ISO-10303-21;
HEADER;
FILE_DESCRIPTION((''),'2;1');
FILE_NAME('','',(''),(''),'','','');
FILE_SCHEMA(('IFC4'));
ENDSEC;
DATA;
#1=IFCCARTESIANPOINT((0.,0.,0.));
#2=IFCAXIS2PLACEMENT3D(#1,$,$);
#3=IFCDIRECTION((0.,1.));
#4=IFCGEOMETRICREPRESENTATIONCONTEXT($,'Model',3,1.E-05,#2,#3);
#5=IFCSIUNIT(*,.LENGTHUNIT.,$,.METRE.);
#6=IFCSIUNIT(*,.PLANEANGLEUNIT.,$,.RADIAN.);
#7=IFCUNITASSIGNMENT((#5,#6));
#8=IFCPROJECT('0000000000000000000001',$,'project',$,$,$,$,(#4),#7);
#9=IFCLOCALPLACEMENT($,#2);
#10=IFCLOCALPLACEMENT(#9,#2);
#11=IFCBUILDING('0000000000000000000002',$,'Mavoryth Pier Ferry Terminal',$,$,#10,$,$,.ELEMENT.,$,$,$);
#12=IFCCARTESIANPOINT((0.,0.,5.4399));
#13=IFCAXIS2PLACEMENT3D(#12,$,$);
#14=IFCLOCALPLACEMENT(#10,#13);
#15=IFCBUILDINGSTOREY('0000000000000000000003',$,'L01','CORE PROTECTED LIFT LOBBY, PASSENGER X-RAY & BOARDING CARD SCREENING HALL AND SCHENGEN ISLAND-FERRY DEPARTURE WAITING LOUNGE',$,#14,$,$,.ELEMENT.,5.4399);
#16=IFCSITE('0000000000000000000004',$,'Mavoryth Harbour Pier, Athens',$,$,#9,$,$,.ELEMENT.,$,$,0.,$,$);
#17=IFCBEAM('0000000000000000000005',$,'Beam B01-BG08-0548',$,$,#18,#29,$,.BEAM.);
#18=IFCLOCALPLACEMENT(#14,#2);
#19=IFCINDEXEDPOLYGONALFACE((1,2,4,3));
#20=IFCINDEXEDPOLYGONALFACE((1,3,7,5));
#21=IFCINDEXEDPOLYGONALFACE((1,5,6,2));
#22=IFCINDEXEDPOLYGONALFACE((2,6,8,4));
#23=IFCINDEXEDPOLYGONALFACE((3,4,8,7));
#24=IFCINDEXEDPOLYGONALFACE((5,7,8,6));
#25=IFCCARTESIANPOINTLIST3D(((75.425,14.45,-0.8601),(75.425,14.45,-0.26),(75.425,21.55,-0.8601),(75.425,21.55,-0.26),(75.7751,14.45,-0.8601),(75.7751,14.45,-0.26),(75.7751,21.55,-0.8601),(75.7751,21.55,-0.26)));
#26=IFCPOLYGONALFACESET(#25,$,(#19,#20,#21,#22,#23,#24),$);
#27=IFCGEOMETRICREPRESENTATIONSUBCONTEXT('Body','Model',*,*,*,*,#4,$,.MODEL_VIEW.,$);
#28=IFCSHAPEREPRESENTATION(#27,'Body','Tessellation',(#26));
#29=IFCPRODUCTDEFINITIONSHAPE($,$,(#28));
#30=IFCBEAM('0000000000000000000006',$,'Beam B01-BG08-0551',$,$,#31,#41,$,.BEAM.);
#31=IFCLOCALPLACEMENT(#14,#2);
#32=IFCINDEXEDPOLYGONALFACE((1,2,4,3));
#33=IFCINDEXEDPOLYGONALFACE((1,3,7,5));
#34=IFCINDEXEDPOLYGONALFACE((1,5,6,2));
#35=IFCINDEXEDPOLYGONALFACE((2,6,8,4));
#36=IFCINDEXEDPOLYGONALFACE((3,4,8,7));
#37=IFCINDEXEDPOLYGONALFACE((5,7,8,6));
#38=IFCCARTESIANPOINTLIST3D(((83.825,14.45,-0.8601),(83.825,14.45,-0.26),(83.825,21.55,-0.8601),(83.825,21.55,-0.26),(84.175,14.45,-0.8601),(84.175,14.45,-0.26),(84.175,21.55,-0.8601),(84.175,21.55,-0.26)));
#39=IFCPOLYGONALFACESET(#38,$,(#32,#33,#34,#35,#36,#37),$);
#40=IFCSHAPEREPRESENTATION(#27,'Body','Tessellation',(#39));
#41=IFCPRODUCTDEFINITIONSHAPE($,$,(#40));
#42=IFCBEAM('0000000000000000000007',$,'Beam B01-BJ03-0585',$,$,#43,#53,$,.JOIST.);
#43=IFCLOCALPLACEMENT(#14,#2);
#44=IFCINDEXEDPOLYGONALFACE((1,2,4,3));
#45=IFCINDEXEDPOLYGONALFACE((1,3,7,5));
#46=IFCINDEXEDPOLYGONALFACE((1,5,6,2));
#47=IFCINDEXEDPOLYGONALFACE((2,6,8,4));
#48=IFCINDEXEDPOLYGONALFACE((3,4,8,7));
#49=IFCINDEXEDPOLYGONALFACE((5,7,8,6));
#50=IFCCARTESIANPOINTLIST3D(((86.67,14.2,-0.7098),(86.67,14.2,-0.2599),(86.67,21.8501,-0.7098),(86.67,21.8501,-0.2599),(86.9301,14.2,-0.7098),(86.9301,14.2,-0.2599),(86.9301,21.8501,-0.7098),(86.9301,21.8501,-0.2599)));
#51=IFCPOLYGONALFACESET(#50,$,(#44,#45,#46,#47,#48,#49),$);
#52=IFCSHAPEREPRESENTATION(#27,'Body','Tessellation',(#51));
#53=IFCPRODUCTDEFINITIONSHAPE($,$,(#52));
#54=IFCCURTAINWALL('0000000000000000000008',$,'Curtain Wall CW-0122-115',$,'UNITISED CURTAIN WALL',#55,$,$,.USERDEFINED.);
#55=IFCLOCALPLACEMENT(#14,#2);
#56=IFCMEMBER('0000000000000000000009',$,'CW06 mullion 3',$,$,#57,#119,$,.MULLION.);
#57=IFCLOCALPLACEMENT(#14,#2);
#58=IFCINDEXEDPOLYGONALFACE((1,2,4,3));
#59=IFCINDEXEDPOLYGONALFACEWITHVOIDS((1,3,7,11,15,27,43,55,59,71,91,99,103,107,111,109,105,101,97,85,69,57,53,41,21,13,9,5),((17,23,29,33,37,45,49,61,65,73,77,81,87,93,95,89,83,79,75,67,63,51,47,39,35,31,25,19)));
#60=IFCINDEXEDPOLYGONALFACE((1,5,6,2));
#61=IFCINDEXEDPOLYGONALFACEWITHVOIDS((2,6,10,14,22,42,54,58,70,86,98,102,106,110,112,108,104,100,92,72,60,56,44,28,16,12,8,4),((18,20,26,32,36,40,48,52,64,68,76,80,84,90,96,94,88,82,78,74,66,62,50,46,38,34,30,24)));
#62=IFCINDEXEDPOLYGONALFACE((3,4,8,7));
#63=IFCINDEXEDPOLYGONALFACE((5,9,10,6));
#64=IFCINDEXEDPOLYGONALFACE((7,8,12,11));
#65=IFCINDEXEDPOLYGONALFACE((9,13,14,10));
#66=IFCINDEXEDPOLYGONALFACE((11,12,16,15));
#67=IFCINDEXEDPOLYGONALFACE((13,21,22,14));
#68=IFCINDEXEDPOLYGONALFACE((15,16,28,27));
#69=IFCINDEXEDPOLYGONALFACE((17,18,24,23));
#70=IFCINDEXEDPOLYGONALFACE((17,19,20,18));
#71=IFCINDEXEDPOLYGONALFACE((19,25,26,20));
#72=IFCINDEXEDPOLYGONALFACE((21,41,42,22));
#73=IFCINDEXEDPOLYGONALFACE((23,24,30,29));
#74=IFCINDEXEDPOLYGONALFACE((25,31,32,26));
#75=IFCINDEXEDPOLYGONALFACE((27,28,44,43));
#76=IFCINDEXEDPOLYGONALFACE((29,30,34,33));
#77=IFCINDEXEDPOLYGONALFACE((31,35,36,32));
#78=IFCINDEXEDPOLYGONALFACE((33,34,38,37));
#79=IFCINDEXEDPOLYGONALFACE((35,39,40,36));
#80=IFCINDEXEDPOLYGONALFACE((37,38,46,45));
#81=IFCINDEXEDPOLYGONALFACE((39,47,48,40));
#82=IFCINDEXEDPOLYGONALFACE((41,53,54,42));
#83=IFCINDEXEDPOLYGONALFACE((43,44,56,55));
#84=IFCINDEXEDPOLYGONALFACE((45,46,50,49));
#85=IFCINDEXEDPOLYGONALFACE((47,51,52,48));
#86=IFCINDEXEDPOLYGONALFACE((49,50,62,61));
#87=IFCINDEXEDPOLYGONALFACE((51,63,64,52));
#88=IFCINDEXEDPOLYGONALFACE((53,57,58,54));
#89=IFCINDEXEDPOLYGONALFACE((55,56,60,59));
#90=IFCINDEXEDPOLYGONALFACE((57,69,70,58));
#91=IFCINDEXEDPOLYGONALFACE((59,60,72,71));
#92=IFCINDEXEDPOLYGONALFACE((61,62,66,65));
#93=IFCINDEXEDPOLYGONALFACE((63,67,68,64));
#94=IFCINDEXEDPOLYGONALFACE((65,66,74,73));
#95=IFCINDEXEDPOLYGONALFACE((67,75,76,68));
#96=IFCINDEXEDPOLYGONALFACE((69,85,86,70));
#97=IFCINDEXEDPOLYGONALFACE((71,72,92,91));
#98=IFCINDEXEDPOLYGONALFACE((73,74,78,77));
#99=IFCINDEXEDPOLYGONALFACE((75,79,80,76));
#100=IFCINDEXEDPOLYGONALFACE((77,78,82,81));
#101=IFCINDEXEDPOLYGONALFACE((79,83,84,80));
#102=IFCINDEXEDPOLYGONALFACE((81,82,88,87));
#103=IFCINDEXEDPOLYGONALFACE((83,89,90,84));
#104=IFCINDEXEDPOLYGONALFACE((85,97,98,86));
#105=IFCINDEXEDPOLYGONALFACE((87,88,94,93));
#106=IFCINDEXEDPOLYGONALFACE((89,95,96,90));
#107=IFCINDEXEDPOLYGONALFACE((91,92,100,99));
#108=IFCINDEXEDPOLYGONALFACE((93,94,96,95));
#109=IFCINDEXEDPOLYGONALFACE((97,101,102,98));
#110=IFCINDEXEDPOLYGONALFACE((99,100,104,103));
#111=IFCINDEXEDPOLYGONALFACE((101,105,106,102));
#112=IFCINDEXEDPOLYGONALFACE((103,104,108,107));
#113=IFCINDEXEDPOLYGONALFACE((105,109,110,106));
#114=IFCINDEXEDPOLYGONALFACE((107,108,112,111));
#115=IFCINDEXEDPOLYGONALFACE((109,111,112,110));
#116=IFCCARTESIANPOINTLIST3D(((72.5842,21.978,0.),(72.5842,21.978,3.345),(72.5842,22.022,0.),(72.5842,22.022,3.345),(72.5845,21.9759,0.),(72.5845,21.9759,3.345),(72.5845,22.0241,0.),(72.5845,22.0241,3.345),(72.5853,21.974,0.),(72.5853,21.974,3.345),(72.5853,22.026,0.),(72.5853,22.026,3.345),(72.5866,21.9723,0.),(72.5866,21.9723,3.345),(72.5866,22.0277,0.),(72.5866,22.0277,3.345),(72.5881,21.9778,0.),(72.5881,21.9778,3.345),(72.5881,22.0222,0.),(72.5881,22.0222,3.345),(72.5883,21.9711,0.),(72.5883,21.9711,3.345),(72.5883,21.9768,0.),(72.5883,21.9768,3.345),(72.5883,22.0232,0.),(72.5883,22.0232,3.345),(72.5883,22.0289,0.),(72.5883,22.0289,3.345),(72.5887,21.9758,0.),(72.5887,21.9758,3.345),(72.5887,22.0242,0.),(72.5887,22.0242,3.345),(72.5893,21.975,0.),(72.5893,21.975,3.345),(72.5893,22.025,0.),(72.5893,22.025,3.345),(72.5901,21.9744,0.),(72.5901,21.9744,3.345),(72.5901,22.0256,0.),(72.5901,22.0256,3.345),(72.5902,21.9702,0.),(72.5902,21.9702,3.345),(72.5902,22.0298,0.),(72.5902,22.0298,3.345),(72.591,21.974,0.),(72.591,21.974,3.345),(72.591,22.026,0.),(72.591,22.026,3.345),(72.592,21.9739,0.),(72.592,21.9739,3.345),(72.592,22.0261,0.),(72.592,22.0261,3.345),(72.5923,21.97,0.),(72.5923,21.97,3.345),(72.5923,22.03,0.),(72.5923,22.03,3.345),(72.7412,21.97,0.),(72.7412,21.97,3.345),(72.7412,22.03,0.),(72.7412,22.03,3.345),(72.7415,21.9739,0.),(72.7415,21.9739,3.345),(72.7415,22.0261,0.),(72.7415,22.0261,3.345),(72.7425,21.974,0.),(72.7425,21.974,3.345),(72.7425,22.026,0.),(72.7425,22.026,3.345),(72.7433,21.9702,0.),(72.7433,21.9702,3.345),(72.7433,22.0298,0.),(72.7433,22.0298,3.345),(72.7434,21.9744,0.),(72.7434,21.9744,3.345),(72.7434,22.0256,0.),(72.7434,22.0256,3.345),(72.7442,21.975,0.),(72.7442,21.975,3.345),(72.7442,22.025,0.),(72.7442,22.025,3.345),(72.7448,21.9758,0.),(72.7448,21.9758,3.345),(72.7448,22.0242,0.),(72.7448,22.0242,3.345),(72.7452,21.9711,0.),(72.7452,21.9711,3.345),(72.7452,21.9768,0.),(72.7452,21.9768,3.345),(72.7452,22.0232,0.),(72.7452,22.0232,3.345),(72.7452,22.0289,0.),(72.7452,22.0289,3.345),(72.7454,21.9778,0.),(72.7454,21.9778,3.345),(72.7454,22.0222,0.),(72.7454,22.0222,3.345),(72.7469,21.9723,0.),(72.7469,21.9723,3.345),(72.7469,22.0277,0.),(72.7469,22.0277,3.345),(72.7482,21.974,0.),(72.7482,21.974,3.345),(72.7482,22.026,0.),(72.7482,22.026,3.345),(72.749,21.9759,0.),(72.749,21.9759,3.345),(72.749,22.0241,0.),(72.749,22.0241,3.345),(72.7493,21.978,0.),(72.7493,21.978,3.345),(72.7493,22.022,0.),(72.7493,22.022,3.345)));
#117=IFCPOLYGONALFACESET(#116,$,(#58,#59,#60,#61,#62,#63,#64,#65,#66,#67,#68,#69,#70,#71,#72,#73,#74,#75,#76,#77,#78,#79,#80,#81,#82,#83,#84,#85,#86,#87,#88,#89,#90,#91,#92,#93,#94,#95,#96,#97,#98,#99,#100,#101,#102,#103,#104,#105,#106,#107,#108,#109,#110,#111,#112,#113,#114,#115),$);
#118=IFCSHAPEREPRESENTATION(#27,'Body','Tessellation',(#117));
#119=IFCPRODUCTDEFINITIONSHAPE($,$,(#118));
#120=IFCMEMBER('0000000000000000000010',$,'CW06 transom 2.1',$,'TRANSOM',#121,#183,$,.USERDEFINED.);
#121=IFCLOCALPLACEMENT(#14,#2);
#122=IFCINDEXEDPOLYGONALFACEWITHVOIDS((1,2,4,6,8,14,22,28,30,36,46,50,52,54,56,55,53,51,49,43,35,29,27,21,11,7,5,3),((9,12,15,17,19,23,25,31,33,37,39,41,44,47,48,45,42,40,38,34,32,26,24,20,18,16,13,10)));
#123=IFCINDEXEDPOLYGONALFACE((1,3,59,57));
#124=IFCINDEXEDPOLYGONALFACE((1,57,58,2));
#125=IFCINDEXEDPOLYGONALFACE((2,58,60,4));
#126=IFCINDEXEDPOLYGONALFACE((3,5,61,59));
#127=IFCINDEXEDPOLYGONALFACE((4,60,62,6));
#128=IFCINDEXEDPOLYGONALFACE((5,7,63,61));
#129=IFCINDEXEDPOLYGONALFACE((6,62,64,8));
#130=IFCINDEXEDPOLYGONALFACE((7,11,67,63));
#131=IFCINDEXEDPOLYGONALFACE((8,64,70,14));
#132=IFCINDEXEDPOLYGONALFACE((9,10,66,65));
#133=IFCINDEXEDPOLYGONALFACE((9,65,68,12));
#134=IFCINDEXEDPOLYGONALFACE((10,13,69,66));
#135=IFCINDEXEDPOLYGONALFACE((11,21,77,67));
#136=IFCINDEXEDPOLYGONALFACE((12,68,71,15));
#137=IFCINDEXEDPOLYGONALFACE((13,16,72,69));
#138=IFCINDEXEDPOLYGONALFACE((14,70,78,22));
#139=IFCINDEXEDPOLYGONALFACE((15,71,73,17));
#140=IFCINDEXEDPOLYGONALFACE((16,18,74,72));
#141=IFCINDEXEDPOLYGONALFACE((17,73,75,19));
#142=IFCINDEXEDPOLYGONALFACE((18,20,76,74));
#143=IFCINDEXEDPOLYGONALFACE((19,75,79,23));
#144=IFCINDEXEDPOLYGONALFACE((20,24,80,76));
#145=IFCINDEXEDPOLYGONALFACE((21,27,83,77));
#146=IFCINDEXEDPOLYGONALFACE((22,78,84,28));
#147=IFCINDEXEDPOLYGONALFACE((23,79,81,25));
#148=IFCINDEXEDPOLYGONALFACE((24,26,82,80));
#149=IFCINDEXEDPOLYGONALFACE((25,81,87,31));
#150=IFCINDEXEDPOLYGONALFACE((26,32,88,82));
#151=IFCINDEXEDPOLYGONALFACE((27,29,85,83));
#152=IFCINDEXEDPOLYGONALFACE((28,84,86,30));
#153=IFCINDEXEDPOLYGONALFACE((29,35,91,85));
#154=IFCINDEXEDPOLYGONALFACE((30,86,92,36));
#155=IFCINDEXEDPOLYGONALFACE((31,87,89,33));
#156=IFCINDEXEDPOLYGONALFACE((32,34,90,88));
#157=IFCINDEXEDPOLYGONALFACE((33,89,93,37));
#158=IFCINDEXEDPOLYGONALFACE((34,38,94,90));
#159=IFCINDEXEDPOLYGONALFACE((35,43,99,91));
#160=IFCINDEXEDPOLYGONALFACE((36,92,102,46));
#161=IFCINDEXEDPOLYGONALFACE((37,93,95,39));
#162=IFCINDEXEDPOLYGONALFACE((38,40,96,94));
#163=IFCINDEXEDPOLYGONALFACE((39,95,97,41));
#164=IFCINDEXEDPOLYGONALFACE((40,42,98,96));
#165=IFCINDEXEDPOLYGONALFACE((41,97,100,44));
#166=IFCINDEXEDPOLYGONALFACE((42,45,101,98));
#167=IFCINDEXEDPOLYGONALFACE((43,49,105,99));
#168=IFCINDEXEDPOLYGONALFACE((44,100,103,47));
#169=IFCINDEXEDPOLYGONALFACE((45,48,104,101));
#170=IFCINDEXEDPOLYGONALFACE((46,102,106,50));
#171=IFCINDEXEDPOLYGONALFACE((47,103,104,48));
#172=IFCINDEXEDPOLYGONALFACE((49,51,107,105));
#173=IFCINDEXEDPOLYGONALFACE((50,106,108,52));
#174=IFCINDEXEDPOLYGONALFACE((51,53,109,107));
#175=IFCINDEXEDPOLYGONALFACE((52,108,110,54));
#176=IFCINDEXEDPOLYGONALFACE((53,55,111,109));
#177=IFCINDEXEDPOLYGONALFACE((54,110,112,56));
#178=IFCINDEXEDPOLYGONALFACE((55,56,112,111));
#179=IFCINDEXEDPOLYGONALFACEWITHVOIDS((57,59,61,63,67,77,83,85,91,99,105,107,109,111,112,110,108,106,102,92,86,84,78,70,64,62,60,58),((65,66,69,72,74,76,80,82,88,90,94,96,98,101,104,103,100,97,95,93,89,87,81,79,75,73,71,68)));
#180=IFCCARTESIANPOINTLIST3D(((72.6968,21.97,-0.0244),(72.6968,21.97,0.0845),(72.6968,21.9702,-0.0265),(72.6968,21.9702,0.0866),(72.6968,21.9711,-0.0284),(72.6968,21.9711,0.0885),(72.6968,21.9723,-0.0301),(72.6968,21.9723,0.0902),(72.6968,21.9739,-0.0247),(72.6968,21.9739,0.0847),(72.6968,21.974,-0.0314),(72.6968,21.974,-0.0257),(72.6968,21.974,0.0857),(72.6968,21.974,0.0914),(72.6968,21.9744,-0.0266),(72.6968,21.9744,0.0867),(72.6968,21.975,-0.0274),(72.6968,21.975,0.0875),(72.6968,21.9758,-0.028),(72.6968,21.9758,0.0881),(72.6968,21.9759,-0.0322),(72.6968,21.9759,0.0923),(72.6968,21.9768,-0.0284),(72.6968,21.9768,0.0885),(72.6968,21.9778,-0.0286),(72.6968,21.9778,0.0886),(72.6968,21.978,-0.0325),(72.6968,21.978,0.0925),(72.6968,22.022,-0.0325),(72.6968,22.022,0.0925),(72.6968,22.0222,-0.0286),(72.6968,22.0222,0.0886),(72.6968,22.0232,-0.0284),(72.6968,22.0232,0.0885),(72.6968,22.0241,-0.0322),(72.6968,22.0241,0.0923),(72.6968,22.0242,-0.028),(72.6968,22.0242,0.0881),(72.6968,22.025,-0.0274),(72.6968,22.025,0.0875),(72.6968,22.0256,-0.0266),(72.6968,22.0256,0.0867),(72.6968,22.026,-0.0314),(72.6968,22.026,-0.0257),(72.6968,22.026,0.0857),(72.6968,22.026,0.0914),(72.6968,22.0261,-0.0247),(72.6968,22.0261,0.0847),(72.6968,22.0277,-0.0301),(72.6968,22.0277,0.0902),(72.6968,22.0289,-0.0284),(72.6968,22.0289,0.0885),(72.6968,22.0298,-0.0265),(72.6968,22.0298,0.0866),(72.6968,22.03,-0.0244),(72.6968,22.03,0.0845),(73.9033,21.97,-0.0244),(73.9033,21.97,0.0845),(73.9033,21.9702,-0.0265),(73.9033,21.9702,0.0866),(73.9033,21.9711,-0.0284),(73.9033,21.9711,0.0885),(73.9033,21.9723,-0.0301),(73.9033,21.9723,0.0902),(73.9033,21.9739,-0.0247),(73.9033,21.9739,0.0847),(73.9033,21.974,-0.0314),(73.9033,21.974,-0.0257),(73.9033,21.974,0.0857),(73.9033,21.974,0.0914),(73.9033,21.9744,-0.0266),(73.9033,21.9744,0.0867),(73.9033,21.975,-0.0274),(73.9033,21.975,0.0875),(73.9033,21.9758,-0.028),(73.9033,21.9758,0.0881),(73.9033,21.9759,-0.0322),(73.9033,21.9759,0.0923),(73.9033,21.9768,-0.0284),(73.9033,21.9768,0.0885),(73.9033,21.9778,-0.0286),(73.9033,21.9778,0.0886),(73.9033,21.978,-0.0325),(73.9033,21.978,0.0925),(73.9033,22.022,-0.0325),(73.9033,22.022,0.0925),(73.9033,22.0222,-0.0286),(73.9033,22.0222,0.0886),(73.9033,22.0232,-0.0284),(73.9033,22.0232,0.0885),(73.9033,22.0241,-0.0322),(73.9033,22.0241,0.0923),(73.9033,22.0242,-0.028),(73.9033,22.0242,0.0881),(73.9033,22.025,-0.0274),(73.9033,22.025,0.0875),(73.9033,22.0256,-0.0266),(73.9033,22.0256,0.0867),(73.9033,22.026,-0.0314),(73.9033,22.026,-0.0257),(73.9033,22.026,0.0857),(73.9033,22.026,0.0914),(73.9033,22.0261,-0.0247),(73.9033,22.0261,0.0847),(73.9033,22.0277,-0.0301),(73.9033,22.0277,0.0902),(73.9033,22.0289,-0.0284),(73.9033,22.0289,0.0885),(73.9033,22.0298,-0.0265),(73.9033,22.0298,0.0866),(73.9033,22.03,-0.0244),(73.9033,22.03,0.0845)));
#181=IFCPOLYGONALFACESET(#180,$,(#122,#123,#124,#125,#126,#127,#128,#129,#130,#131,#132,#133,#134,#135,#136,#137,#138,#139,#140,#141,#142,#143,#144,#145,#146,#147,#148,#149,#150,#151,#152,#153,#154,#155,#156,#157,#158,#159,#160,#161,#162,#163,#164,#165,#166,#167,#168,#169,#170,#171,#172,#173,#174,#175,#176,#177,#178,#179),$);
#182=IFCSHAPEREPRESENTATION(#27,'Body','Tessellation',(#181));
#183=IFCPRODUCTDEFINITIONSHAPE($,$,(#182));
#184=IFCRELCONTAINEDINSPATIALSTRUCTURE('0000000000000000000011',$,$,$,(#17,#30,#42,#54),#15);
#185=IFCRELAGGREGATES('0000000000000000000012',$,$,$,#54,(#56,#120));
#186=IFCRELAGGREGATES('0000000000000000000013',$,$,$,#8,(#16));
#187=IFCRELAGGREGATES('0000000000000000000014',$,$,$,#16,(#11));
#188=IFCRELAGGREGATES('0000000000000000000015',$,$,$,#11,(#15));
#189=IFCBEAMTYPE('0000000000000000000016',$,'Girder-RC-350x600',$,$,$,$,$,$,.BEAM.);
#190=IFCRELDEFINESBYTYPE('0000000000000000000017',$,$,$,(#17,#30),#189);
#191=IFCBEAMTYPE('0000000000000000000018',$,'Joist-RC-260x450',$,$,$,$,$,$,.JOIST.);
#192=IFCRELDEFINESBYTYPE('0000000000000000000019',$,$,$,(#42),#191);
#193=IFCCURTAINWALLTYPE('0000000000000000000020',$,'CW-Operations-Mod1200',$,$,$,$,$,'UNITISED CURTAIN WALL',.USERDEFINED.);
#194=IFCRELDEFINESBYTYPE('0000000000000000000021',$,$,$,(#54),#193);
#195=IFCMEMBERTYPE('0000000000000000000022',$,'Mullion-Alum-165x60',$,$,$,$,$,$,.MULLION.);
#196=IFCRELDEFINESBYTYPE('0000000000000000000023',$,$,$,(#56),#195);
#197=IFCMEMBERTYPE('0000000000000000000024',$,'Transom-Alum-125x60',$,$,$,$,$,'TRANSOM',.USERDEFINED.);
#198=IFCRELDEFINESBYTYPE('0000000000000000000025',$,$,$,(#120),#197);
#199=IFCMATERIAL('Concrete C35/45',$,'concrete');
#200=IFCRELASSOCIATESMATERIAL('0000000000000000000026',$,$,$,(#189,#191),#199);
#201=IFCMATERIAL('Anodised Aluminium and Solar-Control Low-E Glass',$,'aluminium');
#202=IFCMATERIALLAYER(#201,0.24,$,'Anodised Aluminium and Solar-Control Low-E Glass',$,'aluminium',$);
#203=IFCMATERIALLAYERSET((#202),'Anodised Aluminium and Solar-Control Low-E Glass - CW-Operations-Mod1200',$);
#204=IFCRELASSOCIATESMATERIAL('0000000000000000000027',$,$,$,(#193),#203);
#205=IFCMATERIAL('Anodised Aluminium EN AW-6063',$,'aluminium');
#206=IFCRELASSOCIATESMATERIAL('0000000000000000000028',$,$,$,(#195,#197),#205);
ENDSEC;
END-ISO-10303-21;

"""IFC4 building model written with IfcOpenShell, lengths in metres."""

from ifc_helpers import new_model, si_unit, direction, frame, origin, origin_2d, place, context, subcontext, project, spatial, rectangle, hollow_rectangle, extrude, material, layer, layer_set, material_profile, profile_set, type_object, element, aggregate, save


model = new_model("IFC4")

# Units and contexts
model_context = context("Model", 3, precision=1e-05, world=origin(), true_north=direction((0.0, 1.0)))
body_context = subcontext(model_context, "Body", "Model", "MODEL_VIEW")
ifc_project = project(units=[si_unit("LENGTHUNIT", "METRE"), si_unit("PLANEANGLEUNIT", "RADIAN")], contexts=[model_context])

# Site, building, storey
site_placement = place(None, origin())
site = spatial("IfcSite", under=ifc_project, at=site_placement, Name="Mavoryth Harbour Pier, Athens", CompositionType="ELEMENT", RefElevation=0.0)
building_placement = place(site_placement, origin())
building = spatial("IfcBuilding", under=site, at=building_placement, Name="Mavoryth Pier Ferry Terminal", CompositionType="ELEMENT")
storey_placement = place(building_placement, frame((0.0, 0.0, 5.4399)))
storey = spatial("IfcBuildingStorey", under=building, at=storey_placement, Name="L01", Description="CORE PROTECTED LIFT LOBBY, PASSENGER X-RAY & BOARDING CARD SCREENING HALL AND SCHENGEN ISLAND-FERRY DEPARTURE WAITING LOUNGE", CompositionType="ELEMENT", Elevation=5.4399)

# Beams
ifc_material_1 = material(Name="Concrete C35/45", Category="concrete")
ifc_material_profile_1 = material_profile(ifc_material_1, rectangle(XDim=0.3501, YDim=0.6001, at=origin_2d()), Name="RC 350x600", Category="concrete")
ifc_profile_set_1 = profile_set([ifc_material_profile_1], Name="Concrete C35/45 - RC 350x600")
beam_type_1 = type_object("IfcBeamType", Name="Girder-RC-350x600", PredefinedType="BEAM", material=ifc_profile_set_1)
for number, where, z_axis, x_axis, name in (
    (1, (75.6001, 14.45, -0.5601), (0.0, 1.0, 0.0), (-1.0, 0.0, 0.0), "Beam B01-BG08-0548"),
    (2, (84.0, 14.45, -0.5601), (0.0, 1.0, 0.0), (-1.0, 0.0, 0.0), "Beam B01-BG08-0551"),
):
    element("IfcBeam", number, at=place(storey_placement, frame(where, z_axis=z_axis, x_axis=x_axis)), inside=storey, type_object=beam_type_1, Name=name, PredefinedType="BEAM", context=body_context, shape_type="SweptSolid", body=[
        extrude(rectangle(XDim=0.3501, YDim=0.6001, at=origin_2d()), origin(), (0.0, 0.0, 1.0), 7.1001),
    ])
ifc_material_profile_2 = material_profile(ifc_material_1, rectangle(XDim=0.26, YDim=0.45, at=origin_2d()), Name="RC 260x450", Category="concrete")
ifc_profile_set_2 = profile_set([ifc_material_profile_2], Name="Concrete C35/45 - RC 260x450")
beam_type_2 = type_object("IfcBeamType", Name="Joist-RC-260x450", PredefinedType="JOIST", material=ifc_profile_set_2)
beam_placement = place(storey_placement, frame((86.8, 14.2, -0.4849), z_axis=(0.0, 1.0, 0.0), x_axis=(-1.0, 0.0, 0.0)))
element("IfcBeam", 3, at=beam_placement, inside=storey, type_object=beam_type_2, Name="Beam B01-BJ03-0585", PredefinedType="JOIST", context=body_context, shape_type="SweptSolid", body=[
    extrude(rectangle(XDim=0.26, YDim=0.45, at=origin_2d()), origin(), (0.0, 0.0, 1.0), 7.6501),
])

# Curtain wall, members
ifc_material_2 = material(Name="Anodised Aluminium and Solar-Control Low-E Glass", Category="aluminium")
ifc_layer_1 = layer(ifc_material_2, 0.24, Name="Anodised Aluminium and Solar-Control Low-E Glass", Category="aluminium")
ifc_layer_set_1 = layer_set([ifc_layer_1], Name="Anodised Aluminium and Solar-Control Low-E Glass - CW-Operations-Mod1200")
curtain_wall_type = type_object("IfcCurtainWallType", Name="CW-Operations-Mod1200", ElementType="UNITISED CURTAIN WALL", PredefinedType="USERDEFINED", material=ifc_layer_set_1)
curtain_wall_placement = place(storey_placement, origin())
curtain_wall = element("IfcCurtainWall", 4, at=curtain_wall_placement, inside=storey, type_object=curtain_wall_type, Name="Curtain Wall CW-0122-115", ObjectType="UNITISED CURTAIN WALL", PredefinedType="USERDEFINED")
ifc_material_3 = material(Name="Anodised Aluminium EN AW-6063", Category="aluminium")
ifc_material_profile_3 = material_profile(ifc_material_3, hollow_rectangle(XDim=0.0601, YDim=0.165, WallThickness=0.0039, InnerFilletRadius=0.0039, OuterFilletRadius=0.0081, at=origin_2d()), Name="AL-MULL 165x60x4", Category="aluminium")
ifc_profile_set_3 = profile_set([ifc_material_profile_3], Name="Anodised Aluminium EN AW-6063 - AL-MULL 165x60x4")
member_type_1 = type_object("IfcMemberType", Name="Mullion-Alum-165x60", PredefinedType="MULLION", material=ifc_profile_set_3)
member_1_placement = place(storey_placement, frame((72.6667, 22.0, 0.0), z_axis=(0.0, 0.0, 1.0), x_axis=(0.0, -1.0, 0.0)))
member_1 = element("IfcMember", 5, at=member_1_placement, type_object=member_type_1, Name="CW06 mullion 3", PredefinedType="MULLION", context=body_context, shape_type="SweptSolid", body=[
    extrude(hollow_rectangle(XDim=0.0601, YDim=0.165, WallThickness=0.0039, InnerFilletRadius=0.0039, OuterFilletRadius=0.0081, at=origin_2d()), origin(), (0.0, 0.0, 1.0), 3.345),
])
ifc_material_profile_4 = material_profile(ifc_material_3, hollow_rectangle(XDim=0.0601, YDim=0.125, WallThickness=0.0039, InnerFilletRadius=0.0039, OuterFilletRadius=0.0081, at=origin_2d()), Name="AL-TRAN 125x60x4", Category="aluminium")
ifc_profile_set_4 = profile_set([ifc_material_profile_4], Name="Anodised Aluminium EN AW-6063 - AL-TRAN 125x60x4")
member_type_2 = type_object("IfcMemberType", Name="Transom-Alum-125x60", ElementType="TRANSOM", PredefinedType="USERDEFINED", material=ifc_profile_set_4)
member_2_placement = place(storey_placement, frame((73.9033, 22.0, 0.03), z_axis=(-1.0, 0.0, 0.0), x_axis=(0.0, -1.0, 0.0)))
member_2 = element("IfcMember", 6, at=member_2_placement, type_object=member_type_2, Name="CW06 transom 2.1", ObjectType="TRANSOM", PredefinedType="USERDEFINED", context=body_context, shape_type="SweptSolid", body=[
    extrude(hollow_rectangle(XDim=0.0601, YDim=0.125, WallThickness=0.0039, InnerFilletRadius=0.0039, OuterFilletRadius=0.0081, at=origin_2d()), origin(), (0.0, 0.0, 1.0), 1.2065),
])
aggregate(curtain_wall, [member_1, member_2])

save(model, "model.ifc")
